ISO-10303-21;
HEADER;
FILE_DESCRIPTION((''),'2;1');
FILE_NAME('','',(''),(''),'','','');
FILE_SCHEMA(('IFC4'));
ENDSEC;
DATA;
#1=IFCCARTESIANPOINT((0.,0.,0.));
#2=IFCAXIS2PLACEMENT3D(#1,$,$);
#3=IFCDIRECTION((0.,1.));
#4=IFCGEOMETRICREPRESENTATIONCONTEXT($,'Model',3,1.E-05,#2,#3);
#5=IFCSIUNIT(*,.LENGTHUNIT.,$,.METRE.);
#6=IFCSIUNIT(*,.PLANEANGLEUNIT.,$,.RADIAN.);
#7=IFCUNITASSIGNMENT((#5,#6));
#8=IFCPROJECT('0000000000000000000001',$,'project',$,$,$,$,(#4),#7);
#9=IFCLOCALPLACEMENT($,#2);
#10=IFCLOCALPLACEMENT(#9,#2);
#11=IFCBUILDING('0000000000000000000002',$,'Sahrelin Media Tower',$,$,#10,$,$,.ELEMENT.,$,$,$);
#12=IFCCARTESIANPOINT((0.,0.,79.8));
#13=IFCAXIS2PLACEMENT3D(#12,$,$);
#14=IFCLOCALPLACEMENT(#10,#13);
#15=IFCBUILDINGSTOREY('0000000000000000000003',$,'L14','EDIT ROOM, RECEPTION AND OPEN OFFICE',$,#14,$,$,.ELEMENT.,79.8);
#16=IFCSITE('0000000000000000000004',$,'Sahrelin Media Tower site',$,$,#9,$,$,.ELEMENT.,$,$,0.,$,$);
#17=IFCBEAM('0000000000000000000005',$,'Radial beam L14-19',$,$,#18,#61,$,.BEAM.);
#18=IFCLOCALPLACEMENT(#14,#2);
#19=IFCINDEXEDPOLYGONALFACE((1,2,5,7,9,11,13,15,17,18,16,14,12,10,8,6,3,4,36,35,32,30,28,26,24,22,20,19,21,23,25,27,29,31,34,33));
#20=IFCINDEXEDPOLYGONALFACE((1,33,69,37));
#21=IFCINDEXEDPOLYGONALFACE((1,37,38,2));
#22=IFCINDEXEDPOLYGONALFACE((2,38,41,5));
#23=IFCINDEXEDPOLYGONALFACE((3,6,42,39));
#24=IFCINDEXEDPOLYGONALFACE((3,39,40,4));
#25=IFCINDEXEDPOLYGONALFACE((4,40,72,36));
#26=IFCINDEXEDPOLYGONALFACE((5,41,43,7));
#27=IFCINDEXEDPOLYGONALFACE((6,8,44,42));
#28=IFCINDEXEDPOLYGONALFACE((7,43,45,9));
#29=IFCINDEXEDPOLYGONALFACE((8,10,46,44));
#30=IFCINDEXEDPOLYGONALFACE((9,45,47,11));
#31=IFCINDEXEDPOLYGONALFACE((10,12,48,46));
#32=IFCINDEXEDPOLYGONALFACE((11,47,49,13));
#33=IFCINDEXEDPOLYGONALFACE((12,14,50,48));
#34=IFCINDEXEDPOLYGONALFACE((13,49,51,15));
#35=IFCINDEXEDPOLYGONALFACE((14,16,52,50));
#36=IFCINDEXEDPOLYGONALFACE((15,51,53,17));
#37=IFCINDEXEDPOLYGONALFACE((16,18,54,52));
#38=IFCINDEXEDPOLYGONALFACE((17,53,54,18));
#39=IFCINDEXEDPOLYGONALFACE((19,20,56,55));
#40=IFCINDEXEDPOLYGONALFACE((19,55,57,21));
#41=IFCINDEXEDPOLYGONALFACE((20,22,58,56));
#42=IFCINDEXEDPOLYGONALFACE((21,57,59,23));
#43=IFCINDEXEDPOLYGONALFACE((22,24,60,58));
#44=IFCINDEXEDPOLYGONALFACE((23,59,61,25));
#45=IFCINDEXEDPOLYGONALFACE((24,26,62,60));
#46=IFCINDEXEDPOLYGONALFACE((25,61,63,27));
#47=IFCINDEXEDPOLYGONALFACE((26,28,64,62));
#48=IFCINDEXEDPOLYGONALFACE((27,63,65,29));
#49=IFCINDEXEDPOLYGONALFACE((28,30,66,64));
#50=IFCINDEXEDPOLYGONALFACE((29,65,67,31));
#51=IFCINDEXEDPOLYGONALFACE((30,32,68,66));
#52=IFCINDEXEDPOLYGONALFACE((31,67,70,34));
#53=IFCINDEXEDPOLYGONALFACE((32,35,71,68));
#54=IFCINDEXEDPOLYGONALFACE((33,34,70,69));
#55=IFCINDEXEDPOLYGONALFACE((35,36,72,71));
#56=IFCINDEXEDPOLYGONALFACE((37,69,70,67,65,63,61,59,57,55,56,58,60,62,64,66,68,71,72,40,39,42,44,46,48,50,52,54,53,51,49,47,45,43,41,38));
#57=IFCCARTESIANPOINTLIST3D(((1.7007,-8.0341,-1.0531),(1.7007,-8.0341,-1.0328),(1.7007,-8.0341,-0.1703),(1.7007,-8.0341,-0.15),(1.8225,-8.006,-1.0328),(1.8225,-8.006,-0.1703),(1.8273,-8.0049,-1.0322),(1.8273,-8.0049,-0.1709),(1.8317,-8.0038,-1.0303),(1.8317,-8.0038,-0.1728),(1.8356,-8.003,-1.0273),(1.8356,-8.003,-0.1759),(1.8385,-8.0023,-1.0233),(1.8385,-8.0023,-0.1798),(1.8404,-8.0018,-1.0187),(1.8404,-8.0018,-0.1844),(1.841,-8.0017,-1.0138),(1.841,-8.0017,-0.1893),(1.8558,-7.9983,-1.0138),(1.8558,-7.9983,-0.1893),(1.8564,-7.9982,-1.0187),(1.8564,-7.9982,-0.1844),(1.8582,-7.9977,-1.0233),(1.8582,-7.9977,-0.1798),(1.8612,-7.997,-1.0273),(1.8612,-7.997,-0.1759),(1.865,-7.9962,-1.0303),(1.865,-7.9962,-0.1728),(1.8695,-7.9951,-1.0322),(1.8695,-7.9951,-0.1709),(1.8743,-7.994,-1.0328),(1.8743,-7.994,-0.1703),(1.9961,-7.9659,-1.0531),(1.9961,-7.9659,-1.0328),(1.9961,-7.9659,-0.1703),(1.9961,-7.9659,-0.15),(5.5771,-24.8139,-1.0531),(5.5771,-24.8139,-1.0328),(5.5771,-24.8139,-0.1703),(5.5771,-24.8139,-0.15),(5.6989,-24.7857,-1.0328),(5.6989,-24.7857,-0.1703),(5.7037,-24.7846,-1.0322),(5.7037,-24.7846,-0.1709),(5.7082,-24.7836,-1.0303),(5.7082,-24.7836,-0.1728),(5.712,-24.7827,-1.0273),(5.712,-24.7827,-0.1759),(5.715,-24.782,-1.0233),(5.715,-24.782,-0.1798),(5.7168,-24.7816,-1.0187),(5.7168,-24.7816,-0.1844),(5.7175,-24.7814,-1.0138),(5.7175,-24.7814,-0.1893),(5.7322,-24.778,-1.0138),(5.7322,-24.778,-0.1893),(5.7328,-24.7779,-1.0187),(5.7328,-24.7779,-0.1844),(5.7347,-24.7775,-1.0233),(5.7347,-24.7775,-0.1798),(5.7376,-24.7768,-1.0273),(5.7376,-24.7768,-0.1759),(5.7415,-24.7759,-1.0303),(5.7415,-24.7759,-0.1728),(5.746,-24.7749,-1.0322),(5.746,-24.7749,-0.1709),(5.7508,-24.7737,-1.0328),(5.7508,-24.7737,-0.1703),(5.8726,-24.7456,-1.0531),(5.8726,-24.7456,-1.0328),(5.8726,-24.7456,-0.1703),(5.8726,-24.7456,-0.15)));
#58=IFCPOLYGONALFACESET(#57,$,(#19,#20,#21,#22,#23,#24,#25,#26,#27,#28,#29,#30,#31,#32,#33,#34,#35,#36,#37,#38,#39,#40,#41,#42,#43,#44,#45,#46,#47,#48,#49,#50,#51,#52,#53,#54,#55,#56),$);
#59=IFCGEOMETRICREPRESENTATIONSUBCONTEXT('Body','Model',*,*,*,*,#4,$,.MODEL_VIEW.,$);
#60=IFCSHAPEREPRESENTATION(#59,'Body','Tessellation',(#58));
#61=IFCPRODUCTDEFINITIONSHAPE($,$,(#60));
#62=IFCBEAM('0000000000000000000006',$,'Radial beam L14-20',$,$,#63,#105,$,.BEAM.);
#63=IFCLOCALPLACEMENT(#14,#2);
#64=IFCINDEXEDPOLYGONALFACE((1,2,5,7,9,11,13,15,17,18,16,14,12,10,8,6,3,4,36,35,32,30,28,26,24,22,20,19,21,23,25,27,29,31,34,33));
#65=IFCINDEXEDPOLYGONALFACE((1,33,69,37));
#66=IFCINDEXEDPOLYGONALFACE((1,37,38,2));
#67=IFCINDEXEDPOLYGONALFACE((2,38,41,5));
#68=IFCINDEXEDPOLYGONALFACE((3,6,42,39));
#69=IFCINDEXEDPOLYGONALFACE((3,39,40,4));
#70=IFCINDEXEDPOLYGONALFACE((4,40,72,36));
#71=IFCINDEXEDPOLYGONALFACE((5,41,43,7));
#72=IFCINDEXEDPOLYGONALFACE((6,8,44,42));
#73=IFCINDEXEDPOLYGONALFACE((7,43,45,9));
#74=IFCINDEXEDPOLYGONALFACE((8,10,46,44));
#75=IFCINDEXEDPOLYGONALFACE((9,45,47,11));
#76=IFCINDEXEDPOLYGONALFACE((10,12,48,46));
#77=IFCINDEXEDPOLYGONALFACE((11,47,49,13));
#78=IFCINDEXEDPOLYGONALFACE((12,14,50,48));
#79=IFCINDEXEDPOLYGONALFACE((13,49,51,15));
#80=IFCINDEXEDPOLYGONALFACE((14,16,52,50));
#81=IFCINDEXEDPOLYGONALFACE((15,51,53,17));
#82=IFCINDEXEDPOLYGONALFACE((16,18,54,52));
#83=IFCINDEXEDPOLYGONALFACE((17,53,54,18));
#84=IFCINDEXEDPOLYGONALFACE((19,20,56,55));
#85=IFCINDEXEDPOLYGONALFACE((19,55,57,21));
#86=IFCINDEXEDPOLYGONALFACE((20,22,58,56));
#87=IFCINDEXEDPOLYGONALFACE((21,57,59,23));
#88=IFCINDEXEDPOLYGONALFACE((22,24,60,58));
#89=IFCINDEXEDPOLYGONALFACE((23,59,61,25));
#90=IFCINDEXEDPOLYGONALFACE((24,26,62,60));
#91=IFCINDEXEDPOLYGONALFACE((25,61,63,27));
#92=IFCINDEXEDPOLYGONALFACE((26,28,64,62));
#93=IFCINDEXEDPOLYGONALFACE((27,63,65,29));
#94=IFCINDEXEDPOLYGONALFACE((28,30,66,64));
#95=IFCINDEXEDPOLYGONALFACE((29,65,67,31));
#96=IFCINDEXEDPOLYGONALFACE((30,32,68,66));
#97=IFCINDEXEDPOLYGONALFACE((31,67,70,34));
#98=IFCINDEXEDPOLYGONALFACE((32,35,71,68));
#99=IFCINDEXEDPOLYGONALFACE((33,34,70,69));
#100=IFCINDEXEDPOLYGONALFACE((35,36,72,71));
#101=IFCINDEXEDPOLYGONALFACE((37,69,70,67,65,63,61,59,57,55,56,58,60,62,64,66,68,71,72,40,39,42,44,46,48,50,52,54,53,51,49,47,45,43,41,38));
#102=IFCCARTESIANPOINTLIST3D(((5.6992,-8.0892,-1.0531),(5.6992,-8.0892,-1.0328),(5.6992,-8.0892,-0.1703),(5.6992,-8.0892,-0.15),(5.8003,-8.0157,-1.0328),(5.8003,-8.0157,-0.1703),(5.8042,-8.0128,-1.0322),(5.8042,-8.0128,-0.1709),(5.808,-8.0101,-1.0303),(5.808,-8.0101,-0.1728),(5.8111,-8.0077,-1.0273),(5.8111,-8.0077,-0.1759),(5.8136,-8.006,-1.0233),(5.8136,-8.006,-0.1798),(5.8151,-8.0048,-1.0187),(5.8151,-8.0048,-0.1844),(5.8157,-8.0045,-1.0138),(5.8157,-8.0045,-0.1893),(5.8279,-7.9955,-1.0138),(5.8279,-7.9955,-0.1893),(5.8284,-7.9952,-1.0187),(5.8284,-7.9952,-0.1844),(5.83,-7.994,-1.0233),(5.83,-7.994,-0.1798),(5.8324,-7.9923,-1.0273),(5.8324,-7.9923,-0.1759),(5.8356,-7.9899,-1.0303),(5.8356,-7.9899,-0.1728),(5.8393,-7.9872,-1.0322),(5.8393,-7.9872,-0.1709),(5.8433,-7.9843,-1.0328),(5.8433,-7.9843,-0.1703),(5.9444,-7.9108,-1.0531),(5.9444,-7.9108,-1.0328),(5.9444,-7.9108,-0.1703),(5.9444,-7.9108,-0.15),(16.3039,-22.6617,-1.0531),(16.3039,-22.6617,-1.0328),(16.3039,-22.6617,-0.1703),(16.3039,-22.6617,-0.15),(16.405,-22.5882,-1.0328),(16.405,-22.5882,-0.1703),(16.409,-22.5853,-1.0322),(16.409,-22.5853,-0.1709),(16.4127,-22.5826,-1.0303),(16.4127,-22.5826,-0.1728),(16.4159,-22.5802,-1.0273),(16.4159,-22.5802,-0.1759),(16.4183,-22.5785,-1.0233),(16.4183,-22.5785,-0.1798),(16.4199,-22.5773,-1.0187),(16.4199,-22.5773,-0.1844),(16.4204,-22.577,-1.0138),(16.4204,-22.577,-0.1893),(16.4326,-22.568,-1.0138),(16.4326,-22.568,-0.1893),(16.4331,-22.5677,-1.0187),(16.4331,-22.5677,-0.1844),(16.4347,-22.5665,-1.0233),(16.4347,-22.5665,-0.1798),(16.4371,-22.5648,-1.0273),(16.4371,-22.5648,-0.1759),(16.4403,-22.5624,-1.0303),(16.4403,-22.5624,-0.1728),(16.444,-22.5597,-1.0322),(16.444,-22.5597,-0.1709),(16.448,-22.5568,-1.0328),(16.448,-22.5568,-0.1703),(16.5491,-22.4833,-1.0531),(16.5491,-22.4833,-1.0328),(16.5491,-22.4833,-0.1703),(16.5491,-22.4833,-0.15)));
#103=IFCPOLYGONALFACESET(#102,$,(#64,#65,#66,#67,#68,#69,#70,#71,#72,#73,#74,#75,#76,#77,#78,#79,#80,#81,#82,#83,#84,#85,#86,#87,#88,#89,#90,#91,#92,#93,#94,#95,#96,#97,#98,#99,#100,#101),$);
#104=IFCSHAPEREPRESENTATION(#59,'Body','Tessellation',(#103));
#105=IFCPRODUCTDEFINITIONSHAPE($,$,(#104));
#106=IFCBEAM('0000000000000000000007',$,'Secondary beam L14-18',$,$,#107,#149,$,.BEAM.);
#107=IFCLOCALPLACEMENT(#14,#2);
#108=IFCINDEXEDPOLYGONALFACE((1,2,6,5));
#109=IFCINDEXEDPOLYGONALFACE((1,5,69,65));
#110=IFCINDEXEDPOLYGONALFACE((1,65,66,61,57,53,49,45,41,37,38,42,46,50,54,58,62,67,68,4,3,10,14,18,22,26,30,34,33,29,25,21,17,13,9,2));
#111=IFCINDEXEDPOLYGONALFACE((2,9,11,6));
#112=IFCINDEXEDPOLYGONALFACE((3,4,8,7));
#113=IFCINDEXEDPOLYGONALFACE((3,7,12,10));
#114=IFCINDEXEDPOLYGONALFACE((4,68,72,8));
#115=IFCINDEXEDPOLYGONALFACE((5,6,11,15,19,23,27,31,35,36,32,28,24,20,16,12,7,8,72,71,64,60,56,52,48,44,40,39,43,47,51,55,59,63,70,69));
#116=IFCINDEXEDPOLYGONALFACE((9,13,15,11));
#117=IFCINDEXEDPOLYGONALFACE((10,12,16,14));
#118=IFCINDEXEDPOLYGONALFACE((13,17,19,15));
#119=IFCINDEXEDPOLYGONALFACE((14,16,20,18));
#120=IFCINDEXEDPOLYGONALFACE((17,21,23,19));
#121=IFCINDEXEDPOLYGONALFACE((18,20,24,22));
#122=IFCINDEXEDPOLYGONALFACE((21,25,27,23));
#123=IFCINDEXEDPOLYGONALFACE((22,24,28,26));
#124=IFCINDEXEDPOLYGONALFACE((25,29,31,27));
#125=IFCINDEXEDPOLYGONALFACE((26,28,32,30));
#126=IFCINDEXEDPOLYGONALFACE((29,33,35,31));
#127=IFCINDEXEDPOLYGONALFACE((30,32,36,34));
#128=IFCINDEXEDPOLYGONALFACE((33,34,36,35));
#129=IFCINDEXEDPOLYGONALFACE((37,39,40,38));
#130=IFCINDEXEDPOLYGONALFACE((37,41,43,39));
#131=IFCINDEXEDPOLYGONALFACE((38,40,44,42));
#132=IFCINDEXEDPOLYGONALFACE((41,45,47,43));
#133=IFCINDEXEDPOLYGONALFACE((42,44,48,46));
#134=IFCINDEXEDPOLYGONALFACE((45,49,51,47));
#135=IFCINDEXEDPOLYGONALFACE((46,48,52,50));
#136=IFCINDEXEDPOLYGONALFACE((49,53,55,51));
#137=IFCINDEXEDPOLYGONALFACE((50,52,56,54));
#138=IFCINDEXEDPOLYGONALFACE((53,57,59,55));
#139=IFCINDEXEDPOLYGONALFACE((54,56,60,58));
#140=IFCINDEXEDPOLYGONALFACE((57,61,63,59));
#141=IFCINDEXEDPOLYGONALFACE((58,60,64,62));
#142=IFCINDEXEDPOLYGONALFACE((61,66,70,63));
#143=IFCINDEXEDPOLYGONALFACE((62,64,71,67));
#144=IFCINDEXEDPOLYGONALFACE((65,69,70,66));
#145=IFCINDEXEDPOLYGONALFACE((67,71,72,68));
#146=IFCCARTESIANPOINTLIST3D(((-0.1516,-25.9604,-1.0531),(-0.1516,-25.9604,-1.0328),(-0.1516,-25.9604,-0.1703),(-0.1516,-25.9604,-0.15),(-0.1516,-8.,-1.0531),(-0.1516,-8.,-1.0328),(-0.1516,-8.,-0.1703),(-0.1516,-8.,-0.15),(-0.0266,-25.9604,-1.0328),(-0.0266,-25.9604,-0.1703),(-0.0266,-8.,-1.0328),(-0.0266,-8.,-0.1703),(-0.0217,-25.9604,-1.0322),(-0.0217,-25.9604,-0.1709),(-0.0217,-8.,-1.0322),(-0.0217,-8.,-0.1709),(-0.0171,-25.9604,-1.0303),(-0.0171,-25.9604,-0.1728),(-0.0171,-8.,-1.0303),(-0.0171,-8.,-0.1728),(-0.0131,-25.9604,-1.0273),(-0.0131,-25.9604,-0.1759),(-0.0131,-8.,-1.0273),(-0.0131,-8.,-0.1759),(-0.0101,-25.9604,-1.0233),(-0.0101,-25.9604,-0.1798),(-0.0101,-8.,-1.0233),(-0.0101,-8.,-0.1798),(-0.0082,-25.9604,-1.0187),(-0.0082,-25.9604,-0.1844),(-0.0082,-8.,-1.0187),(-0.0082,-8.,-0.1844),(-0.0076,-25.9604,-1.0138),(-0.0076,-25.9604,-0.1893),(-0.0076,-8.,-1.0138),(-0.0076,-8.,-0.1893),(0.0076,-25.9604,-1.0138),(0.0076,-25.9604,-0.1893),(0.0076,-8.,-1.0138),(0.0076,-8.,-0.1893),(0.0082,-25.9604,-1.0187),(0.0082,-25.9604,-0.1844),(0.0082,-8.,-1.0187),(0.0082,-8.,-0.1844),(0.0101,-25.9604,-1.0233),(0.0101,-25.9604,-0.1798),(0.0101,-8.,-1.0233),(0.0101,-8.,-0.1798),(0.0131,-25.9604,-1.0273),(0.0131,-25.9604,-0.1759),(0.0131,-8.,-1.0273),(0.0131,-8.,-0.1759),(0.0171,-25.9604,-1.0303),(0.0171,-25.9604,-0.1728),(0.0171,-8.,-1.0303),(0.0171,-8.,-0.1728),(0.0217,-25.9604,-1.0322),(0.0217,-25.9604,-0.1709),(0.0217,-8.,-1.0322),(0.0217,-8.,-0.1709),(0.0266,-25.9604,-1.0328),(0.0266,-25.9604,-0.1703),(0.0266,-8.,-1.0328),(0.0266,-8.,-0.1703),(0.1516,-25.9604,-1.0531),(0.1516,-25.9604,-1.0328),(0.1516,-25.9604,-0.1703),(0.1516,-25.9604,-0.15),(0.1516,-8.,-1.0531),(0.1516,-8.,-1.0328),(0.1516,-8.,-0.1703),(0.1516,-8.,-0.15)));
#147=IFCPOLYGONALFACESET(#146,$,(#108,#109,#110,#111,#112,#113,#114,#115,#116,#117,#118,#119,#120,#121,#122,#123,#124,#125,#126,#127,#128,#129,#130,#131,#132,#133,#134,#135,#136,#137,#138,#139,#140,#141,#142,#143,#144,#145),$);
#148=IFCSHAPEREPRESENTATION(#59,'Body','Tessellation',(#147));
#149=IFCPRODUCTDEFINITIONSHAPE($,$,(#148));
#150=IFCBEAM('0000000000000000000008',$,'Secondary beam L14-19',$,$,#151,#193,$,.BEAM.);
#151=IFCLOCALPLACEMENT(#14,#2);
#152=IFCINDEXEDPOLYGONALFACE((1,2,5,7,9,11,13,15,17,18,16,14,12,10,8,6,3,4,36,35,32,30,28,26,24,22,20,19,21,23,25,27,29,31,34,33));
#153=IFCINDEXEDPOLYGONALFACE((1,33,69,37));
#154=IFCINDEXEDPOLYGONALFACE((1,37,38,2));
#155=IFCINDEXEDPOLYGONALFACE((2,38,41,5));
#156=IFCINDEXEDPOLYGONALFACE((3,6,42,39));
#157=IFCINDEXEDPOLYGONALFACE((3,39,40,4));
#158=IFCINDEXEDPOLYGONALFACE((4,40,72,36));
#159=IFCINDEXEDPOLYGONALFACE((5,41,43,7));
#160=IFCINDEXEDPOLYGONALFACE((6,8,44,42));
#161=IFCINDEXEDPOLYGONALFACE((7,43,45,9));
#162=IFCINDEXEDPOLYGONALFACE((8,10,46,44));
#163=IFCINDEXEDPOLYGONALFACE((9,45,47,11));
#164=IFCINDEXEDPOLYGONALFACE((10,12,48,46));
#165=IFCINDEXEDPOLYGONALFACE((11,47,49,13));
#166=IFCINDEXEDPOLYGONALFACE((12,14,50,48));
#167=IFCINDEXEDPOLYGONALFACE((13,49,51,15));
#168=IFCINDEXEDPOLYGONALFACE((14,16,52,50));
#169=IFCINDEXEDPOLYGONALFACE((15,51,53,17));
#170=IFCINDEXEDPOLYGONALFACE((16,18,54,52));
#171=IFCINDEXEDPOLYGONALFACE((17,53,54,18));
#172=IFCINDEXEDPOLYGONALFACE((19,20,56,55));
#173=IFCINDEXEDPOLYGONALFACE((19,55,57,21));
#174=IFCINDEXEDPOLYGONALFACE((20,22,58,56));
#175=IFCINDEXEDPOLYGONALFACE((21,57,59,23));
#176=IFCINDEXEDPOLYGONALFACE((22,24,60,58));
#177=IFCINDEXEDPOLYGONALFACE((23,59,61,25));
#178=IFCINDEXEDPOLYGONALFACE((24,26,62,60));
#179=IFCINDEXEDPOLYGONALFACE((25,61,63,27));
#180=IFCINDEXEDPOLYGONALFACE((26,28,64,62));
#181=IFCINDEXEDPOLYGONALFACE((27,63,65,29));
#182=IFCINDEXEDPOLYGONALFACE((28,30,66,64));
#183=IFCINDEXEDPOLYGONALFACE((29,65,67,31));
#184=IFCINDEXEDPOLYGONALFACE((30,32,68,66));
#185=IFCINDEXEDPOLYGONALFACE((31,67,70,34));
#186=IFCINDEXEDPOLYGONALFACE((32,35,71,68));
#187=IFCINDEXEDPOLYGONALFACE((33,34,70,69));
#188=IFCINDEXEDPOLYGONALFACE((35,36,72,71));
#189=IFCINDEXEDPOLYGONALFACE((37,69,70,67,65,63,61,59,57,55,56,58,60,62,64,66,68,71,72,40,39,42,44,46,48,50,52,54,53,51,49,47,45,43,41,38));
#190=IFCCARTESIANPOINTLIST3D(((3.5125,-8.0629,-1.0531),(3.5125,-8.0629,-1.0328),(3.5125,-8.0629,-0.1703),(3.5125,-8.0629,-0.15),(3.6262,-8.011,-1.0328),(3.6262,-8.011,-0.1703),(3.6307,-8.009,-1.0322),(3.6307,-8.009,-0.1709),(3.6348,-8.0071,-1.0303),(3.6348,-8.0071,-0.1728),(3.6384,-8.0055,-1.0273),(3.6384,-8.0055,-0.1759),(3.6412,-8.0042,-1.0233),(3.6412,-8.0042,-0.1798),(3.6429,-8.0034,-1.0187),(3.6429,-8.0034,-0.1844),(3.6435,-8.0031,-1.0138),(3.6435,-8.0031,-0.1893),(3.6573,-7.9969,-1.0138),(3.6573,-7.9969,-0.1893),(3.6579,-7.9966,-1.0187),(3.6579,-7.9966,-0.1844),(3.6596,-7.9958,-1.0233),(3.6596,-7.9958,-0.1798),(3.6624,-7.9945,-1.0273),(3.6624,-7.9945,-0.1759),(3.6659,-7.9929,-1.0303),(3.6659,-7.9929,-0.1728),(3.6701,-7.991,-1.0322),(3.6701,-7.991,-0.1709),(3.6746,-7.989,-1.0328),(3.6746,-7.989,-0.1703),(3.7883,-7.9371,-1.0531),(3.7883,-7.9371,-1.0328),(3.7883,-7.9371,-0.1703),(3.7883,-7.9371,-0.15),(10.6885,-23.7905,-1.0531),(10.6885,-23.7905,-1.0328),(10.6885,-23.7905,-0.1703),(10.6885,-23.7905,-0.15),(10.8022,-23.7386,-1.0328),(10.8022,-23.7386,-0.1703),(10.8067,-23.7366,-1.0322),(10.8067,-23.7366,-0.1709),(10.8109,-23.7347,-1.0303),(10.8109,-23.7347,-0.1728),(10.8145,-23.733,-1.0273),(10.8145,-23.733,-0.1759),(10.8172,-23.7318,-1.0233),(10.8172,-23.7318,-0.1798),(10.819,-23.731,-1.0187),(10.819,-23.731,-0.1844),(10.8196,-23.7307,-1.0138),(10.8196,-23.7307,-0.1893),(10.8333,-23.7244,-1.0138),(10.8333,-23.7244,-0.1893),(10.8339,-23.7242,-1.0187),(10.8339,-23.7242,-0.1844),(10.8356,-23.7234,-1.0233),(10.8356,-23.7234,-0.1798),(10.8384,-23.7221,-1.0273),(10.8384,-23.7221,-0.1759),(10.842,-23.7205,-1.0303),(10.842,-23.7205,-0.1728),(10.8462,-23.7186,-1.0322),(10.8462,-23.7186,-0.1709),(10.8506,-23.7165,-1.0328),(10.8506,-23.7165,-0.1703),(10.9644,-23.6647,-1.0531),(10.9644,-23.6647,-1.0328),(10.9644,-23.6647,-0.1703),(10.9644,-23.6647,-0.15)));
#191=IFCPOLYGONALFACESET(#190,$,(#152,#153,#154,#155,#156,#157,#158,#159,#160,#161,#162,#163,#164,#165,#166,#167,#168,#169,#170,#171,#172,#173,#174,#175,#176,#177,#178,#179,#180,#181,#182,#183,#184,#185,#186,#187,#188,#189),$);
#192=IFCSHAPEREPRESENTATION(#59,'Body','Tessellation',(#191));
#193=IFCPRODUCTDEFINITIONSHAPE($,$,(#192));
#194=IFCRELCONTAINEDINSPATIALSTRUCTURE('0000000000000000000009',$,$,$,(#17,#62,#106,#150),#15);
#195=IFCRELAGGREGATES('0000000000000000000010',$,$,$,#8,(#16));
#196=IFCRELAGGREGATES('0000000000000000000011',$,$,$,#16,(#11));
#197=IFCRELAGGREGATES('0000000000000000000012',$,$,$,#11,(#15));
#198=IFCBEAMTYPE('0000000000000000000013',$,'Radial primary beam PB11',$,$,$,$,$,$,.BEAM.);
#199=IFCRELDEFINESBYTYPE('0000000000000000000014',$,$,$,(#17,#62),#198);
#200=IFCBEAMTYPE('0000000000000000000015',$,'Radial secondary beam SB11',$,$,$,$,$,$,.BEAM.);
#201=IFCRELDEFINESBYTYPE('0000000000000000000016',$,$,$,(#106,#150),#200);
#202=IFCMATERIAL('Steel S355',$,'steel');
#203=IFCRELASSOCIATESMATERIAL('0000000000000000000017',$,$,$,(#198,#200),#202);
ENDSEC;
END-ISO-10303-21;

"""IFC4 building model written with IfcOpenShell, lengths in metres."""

from ifc_helpers import new_model, si_unit, direction, frame, origin, origin_2d, place, context, subcontext, project, spatial, i_section, extrude, material, material_profile, profile_set, type_object, element, save


model = new_model("IFC4")

# Units and contexts
model_context = context("Model", 3, precision=1e-05, world=origin(), true_north=direction((0.0, 1.0)))
body_context = subcontext(model_context, "Body", "Model", "MODEL_VIEW")
ifc_project = project(units=[si_unit("LENGTHUNIT", "METRE"), si_unit("PLANEANGLEUNIT", "RADIAN")], contexts=[model_context])

# Site, building, storey
site_placement = place(None, origin())
site = spatial("IfcSite", under=ifc_project, at=site_placement, Name="Sahrelin Media Tower site", CompositionType="ELEMENT", RefElevation=0.0)
building_placement = place(site_placement, origin())
building = spatial("IfcBuilding", under=site, at=building_placement, Name="Sahrelin Media Tower", CompositionType="ELEMENT")
storey_placement = place(building_placement, frame((0.0, 0.0, 79.8)))
storey = spatial("IfcBuildingStorey", under=building, at=storey_placement, Name="L14", Description="EDIT ROOM, RECEPTION AND OPEN OFFICE", CompositionType="ELEMENT", Elevation=79.8)

# Shared definitions
ifc_material_1 = material(Name="Steel S355", Category="steel")

# Beams
ifc_material_profile_1 = material_profile(ifc_material_1, i_section(OverallWidth=0.3032, OverallDepth=0.9031, WebThickness=0.0151, FlangeThickness=0.0203, FilletRadius=0.019, at=origin_2d()), Name="UB 914x305x201")
ifc_profile_set_1 = profile_set([ifc_material_profile_1], Name="Steel S355")
beam_type_1 = type_object("IfcBeamType", Name="Radial primary beam PB11", PredefinedType="BEAM", material=ifc_profile_set_1)
beam_1_placement = place(storey_placement, frame((1.8484, -8.0, -0.6016), z_axis=(0.225091, -0.974338, 0.0), x_axis=(0.974338, 0.225091, 0.0)))
element("IfcBeam", 1, at=beam_1_placement, inside=storey, type_object=beam_type_1, Name="Radial beam L14-19", PredefinedType="BEAM", context=body_context, shape_type="SweptSolid", body=[
    extrude(i_section(OverallWidth=0.3032, OverallDepth=0.9031, WebThickness=0.0151, FlangeThickness=0.0203, FilletRadius=0.019, at=origin_2d()), origin(), (0.0, 0.0, 1.0), 17.2217),
])
beam_2_placement = place(storey_placement, frame((5.8218, -8.0, -0.6016), z_axis=(0.588409, -0.808563, 0.0), x_axis=(0.808563, 0.588409, 0.0)))
element("IfcBeam", 2, at=beam_2_placement, inside=storey, type_object=beam_type_1, Name="Radial beam L14-20", PredefinedType="BEAM", context=body_context, shape_type="SweptSolid", body=[
    extrude(i_section(OverallWidth=0.3032, OverallDepth=0.9031, WebThickness=0.0151, FlangeThickness=0.0203, FilletRadius=0.019, at=origin_2d()), origin(), (0.0, 0.0, 1.0), 18.0227),
])
ifc_material_profile_2 = material_profile(ifc_material_1, i_section(OverallWidth=0.3032, OverallDepth=0.9031, WebThickness=0.0151, FlangeThickness=0.0203, FilletRadius=0.019, at=origin_2d()), Name="UB 914x305x201")
ifc_profile_set_2 = profile_set([ifc_material_profile_2], Name="Steel S355")
beam_type_2 = type_object("IfcBeamType", Name="Radial secondary beam SB11", PredefinedType="BEAM", material=ifc_profile_set_2)
beam_3_placement = place(storey_placement, frame((0.0, -8.0, -0.6016), z_axis=(0.0, -1.0, 0.0), x_axis=(1.0, 0.0, 0.0)))
element("IfcBeam", 3, at=beam_3_placement, inside=storey, type_object=beam_type_2, Name="Secondary beam L14-18", PredefinedType="BEAM", context=body_context, shape_type="SweptSolid", body=[
    extrude(i_section(OverallWidth=0.3032, OverallDepth=0.9031, WebThickness=0.0151, FlangeThickness=0.0203, FilletRadius=0.019, at=origin_2d()), origin(), (0.0, 0.0, 1.0), 17.9604),
])
beam_4_placement = place(storey_placement, frame((3.6504, -8.0, -0.6016), z_axis=(0.415104, -0.909774, 0.0), x_axis=(0.909774, 0.415104, 0.0)))
element("IfcBeam", 4, at=beam_4_placement, inside=storey, type_object=beam_type_2, Name="Secondary beam L14-19", PredefinedType="BEAM", context=body_context, shape_type="SweptSolid", body=[
    extrude(i_section(OverallWidth=0.3032, OverallDepth=0.9031, WebThickness=0.0151, FlangeThickness=0.0203, FilletRadius=0.019, at=origin_2d()), origin(), (0.0, 0.0, 1.0), 17.2874),
])

save(model, "model.ifc")
